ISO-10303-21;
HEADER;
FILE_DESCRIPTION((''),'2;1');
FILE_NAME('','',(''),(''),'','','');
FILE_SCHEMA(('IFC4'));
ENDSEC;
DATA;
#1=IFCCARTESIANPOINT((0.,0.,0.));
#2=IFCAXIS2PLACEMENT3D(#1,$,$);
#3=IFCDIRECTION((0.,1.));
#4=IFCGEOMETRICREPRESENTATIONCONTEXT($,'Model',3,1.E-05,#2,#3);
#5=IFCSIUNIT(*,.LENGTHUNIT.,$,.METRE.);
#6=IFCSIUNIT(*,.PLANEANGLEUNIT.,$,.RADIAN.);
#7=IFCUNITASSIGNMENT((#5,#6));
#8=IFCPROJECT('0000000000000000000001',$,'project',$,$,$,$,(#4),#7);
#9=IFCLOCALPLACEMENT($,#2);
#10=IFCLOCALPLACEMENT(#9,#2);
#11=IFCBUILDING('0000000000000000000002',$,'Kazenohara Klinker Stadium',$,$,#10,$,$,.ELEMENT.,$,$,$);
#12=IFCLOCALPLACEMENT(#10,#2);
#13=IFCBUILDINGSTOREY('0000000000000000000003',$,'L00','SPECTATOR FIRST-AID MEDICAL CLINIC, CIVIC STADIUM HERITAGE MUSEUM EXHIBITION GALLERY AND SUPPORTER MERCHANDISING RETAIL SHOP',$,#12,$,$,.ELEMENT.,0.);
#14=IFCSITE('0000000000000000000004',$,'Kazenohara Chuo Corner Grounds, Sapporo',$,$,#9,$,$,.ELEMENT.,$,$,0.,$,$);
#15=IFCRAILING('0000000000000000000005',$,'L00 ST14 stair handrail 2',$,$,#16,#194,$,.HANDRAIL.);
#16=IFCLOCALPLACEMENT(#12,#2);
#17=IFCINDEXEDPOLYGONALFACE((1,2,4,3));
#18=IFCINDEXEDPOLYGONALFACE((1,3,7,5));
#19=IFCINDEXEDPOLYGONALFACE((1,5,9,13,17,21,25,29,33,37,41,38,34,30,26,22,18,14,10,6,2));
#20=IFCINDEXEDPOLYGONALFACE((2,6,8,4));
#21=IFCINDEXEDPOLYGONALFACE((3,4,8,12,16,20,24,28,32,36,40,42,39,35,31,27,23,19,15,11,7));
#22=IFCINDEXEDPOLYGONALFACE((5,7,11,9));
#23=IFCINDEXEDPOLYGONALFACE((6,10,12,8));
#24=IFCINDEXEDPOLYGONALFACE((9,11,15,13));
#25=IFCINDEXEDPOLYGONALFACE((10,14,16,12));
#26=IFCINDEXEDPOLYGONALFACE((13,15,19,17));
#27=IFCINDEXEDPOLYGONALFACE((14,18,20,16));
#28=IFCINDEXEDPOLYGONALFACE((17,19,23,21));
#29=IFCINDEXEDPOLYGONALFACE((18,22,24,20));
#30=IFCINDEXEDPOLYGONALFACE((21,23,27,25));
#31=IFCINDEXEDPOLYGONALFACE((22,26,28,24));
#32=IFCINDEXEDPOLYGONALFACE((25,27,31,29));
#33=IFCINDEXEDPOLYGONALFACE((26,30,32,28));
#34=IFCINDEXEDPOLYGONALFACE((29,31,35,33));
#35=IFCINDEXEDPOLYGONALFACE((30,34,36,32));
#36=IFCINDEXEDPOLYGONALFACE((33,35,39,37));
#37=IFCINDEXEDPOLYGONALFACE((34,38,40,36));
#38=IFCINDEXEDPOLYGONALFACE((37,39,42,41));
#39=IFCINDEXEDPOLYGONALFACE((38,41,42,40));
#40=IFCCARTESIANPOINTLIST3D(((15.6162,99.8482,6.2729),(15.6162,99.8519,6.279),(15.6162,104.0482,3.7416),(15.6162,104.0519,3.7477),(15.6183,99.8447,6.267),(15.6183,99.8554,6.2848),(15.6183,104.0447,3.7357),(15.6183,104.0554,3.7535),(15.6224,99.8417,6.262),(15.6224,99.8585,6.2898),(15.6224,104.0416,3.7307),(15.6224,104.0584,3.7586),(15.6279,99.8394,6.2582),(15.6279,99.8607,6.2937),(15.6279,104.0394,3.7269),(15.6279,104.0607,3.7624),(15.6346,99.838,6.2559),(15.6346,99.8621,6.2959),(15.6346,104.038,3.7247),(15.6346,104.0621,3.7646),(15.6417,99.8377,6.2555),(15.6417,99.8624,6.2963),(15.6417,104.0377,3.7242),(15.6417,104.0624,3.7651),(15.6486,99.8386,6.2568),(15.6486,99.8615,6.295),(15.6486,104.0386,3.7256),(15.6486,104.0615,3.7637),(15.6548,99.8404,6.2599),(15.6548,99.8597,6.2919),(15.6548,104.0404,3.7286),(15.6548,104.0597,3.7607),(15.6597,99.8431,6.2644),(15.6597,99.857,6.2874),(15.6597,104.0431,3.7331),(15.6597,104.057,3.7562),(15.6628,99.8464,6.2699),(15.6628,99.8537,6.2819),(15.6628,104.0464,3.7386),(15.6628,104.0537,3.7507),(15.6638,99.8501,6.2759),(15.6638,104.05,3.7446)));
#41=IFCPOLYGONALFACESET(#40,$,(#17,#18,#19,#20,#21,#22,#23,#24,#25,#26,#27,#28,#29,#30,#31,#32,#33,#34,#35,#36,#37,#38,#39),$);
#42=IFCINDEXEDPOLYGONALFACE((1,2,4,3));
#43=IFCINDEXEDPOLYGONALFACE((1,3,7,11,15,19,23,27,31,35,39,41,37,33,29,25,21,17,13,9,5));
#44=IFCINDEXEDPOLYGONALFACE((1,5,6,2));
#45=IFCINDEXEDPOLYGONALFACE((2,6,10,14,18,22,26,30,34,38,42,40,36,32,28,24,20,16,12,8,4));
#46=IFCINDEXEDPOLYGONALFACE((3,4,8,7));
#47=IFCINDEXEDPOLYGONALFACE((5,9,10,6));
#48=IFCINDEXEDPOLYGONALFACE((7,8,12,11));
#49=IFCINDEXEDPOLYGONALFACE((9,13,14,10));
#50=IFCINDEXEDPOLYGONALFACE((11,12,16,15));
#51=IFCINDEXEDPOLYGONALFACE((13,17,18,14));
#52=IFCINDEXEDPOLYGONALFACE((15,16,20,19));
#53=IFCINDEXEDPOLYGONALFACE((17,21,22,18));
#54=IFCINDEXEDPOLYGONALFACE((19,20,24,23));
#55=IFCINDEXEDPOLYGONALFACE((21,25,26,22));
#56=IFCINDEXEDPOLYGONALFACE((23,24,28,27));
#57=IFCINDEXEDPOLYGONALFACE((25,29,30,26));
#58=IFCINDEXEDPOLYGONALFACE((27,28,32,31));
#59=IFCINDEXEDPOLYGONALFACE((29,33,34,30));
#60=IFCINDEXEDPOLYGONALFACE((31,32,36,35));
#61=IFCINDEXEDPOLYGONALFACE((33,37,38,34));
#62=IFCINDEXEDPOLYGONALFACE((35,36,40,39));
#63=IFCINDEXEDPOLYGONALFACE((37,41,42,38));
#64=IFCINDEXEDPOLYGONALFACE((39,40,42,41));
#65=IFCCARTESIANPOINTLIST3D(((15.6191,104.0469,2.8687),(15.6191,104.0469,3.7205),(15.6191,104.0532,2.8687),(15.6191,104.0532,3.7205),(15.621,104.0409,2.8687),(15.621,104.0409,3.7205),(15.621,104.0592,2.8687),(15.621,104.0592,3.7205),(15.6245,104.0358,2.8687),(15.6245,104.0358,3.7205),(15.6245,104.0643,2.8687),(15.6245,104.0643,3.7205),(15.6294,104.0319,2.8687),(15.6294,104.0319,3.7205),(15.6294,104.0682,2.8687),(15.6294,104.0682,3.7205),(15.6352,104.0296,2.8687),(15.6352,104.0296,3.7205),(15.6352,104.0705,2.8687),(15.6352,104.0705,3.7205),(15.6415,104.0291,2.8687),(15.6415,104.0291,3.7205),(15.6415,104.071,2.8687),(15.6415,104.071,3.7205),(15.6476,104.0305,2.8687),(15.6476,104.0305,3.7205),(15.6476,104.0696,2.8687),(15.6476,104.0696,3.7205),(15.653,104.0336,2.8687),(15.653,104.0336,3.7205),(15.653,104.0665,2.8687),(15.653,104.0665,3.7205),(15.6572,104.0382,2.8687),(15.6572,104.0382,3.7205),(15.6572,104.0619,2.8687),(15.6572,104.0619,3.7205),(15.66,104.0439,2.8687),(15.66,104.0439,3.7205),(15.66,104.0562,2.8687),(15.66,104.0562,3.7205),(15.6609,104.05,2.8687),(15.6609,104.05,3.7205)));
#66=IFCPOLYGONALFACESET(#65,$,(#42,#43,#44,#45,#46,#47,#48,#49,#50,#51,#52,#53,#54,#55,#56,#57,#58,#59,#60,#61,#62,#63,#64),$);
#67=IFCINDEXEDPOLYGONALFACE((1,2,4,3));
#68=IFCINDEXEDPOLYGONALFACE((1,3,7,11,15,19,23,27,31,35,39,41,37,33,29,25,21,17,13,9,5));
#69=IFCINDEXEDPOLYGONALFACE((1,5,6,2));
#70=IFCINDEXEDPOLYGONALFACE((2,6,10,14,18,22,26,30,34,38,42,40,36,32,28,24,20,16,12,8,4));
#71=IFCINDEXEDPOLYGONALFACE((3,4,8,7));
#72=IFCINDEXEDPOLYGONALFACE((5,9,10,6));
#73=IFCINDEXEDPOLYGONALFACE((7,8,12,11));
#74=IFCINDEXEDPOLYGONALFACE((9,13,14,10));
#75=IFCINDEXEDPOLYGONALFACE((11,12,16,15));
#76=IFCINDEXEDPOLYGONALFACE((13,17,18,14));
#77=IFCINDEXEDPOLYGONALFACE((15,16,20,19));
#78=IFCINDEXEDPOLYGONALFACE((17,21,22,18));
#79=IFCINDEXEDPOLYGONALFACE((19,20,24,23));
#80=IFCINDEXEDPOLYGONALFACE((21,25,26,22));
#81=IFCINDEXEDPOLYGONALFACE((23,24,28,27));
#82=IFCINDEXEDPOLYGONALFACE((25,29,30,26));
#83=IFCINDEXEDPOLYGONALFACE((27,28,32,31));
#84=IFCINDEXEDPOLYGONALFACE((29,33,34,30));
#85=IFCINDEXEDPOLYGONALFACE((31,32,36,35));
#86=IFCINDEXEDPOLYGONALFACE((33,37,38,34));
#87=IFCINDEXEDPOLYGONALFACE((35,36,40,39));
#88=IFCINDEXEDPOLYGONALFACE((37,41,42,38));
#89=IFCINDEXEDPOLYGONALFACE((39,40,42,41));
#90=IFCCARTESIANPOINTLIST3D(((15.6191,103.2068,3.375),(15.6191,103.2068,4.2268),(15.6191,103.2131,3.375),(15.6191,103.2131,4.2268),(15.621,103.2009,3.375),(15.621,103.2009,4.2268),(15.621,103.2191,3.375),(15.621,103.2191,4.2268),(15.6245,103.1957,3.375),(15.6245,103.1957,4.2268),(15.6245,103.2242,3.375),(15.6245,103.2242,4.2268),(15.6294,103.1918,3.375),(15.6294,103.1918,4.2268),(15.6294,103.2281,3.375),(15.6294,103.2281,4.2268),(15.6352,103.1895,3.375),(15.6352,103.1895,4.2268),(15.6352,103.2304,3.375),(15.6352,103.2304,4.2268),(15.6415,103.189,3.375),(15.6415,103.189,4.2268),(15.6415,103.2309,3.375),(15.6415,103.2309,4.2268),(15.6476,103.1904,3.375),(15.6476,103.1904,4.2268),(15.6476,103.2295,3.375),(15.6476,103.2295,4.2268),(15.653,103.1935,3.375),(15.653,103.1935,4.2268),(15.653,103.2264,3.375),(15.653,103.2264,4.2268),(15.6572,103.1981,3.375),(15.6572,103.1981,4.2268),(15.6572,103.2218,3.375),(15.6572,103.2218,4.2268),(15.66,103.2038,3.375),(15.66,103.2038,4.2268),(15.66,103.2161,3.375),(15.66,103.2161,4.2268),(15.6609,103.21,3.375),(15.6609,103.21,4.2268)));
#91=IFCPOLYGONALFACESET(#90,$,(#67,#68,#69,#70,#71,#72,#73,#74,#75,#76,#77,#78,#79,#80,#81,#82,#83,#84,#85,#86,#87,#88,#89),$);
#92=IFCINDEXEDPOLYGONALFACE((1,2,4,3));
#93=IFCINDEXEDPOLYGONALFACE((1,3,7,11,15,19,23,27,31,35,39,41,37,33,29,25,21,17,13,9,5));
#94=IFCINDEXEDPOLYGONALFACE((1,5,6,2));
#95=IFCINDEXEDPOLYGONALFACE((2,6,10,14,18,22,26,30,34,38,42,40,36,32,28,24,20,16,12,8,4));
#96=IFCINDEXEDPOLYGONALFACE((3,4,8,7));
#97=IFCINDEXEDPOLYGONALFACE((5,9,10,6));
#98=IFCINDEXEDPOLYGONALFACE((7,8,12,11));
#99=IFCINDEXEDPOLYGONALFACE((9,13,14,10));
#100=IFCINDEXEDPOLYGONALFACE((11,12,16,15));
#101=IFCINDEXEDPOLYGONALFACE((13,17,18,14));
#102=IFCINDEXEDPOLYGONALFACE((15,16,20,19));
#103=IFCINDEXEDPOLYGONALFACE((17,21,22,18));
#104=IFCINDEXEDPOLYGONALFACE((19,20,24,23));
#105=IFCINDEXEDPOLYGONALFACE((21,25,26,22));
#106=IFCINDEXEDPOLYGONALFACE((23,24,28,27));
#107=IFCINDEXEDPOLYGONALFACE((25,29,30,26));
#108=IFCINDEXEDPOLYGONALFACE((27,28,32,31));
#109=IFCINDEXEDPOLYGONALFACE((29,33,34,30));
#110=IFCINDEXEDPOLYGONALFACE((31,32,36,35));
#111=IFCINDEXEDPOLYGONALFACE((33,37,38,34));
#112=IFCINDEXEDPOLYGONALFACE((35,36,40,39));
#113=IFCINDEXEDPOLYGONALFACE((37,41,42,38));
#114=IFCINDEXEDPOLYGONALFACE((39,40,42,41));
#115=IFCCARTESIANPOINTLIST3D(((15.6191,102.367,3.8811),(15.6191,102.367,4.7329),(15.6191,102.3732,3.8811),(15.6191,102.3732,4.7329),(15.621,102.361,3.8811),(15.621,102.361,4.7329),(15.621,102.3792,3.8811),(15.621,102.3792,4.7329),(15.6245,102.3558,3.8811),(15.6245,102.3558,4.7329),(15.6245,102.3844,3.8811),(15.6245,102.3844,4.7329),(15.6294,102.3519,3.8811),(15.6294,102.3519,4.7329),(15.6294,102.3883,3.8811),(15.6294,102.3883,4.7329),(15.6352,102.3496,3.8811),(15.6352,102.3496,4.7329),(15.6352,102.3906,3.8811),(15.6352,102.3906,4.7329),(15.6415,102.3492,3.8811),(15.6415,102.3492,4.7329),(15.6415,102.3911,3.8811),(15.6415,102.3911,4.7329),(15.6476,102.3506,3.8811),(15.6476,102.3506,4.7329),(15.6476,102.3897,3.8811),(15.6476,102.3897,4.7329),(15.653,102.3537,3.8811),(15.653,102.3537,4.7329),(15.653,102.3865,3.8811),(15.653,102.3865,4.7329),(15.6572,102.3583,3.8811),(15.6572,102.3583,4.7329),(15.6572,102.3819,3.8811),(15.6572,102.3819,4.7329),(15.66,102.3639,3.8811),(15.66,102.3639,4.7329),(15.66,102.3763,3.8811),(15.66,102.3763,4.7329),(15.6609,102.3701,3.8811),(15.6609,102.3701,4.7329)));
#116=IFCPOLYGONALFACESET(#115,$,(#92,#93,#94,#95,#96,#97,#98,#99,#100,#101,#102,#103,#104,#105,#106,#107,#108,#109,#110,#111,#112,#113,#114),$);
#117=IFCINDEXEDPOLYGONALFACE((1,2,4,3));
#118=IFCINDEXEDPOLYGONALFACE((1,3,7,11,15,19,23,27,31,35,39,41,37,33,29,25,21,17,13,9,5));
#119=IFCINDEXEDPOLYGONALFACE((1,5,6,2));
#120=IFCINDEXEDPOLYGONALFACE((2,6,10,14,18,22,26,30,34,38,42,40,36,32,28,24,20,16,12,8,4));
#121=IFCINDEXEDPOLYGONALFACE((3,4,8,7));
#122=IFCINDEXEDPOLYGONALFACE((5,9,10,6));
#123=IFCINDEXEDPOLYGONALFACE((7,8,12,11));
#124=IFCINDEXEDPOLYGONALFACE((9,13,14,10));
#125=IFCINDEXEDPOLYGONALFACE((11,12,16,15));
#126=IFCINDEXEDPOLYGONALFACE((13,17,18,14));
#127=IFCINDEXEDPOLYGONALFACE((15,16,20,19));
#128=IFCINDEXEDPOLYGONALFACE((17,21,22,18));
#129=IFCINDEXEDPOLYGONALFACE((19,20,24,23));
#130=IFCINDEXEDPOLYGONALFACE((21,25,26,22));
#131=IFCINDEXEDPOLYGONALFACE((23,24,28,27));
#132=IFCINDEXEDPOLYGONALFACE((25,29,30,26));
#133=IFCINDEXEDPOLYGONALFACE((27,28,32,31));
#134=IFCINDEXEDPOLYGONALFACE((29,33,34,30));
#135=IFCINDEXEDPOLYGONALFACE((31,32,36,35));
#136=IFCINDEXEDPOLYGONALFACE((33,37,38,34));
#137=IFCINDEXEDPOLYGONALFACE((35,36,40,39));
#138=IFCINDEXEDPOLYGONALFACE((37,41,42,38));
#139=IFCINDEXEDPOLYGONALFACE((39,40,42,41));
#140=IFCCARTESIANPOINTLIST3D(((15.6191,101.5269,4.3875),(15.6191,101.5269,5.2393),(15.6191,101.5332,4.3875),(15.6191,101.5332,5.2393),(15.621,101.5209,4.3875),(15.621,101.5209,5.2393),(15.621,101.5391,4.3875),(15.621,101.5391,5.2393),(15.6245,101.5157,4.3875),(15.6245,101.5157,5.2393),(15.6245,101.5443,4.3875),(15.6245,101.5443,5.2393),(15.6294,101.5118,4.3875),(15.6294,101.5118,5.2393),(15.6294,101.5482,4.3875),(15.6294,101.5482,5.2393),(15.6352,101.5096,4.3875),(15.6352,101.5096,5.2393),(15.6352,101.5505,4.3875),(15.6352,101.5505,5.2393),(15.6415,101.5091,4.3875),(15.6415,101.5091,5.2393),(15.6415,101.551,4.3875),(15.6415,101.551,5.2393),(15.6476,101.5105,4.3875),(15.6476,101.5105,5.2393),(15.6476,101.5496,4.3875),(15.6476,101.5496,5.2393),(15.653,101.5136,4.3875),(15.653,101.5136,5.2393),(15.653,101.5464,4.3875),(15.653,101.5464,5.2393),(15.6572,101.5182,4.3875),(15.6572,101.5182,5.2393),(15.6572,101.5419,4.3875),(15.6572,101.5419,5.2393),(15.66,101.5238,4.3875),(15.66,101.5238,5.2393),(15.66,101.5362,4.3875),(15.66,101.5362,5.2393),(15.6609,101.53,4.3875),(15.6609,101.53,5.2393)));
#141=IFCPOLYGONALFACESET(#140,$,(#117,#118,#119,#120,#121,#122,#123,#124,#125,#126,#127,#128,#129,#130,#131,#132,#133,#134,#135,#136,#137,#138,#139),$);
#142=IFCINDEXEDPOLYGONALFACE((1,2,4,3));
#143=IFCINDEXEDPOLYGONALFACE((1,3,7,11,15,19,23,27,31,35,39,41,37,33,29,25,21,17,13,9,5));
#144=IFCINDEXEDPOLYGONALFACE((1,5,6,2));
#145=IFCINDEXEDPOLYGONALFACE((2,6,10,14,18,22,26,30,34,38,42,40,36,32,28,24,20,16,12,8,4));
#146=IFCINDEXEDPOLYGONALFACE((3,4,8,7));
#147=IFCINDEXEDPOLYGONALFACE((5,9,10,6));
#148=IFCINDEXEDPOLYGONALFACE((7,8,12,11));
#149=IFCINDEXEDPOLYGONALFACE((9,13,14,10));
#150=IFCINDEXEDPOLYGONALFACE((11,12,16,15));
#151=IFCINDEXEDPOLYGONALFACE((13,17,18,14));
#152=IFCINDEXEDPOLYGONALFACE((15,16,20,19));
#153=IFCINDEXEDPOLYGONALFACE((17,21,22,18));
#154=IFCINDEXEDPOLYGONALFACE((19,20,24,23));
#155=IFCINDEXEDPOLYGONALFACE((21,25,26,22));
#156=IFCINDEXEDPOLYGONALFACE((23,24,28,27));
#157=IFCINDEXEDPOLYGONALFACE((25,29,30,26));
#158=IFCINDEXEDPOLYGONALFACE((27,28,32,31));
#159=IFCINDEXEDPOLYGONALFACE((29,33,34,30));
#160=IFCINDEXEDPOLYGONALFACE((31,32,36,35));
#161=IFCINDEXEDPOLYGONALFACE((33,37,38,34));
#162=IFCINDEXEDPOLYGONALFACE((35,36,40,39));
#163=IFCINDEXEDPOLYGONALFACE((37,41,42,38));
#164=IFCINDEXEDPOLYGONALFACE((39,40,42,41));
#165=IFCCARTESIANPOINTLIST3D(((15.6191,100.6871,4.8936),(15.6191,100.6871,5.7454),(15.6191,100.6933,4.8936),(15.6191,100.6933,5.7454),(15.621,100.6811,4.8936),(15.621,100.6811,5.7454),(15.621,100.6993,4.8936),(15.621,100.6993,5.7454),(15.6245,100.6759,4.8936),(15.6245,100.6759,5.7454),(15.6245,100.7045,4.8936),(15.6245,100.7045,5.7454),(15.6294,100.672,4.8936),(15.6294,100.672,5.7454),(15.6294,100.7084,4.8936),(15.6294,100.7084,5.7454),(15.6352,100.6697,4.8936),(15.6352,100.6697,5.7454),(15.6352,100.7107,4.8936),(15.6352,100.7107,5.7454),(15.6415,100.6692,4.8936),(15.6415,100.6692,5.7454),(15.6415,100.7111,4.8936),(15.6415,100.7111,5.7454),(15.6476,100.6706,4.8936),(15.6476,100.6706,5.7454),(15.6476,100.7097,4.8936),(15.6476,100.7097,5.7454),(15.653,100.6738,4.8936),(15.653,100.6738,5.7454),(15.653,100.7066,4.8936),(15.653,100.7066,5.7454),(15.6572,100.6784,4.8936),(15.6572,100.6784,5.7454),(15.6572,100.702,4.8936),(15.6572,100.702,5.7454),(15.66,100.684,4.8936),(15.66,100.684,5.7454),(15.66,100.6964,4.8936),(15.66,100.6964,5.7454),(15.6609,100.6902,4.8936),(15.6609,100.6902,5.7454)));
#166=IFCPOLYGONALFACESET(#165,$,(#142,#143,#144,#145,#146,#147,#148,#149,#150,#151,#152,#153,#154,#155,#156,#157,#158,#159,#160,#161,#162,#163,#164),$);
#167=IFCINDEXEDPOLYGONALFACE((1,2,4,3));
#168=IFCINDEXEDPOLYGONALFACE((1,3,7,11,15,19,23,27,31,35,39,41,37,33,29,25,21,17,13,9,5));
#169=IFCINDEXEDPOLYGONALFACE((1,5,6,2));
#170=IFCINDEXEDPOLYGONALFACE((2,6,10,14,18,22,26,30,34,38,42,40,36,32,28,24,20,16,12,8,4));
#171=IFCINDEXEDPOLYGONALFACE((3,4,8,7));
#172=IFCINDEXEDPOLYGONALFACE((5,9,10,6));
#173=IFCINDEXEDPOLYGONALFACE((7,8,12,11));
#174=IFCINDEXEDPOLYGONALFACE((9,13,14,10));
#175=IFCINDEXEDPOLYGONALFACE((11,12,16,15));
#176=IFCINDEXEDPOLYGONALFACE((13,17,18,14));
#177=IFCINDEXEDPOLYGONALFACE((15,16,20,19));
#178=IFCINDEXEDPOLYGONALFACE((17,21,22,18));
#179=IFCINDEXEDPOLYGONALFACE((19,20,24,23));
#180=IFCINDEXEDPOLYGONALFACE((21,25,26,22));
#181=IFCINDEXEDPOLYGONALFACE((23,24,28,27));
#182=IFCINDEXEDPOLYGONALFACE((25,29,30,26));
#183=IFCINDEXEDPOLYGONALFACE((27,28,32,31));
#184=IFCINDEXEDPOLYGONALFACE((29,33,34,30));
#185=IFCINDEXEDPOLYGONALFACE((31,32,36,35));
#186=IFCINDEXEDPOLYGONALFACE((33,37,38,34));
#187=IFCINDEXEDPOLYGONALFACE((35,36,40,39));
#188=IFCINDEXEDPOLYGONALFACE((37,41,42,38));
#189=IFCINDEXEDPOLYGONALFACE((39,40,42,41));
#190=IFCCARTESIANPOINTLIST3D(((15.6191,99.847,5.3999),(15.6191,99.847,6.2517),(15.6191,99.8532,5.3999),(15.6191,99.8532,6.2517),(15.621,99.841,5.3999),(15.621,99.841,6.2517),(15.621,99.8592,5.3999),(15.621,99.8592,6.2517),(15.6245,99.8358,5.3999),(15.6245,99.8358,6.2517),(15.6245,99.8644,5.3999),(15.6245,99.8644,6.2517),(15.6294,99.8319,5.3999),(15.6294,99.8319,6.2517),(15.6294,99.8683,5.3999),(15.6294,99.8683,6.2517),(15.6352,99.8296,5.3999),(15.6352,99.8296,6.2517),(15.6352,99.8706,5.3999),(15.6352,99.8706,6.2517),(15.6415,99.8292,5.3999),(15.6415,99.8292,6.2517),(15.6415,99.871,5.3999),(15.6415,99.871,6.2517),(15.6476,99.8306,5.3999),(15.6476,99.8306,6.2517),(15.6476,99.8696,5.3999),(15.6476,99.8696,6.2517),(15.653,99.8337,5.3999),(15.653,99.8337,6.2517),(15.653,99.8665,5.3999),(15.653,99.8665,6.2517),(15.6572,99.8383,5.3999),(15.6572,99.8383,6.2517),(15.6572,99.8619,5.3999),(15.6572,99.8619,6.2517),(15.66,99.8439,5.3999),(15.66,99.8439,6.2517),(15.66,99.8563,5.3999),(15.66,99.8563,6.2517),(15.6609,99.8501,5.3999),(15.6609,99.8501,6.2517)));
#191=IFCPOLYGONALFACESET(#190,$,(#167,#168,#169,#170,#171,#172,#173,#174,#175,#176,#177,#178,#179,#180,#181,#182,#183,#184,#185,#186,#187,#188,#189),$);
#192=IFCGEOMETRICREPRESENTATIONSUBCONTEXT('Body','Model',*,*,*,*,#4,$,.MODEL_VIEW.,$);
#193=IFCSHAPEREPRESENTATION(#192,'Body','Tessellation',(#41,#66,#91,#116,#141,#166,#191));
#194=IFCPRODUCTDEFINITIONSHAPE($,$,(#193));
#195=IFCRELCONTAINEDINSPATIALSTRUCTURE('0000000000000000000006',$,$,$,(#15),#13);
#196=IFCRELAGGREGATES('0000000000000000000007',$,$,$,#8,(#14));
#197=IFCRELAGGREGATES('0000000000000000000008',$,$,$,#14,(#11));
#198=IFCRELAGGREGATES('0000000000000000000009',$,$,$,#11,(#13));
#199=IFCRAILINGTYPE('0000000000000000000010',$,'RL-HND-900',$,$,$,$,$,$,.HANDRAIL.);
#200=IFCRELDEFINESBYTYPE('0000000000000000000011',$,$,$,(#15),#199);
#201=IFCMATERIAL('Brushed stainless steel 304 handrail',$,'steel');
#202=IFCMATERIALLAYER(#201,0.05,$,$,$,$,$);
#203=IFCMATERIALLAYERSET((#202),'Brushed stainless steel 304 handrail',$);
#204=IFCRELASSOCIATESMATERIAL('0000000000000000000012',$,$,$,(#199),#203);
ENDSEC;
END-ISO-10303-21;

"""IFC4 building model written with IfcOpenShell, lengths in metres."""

from ifc_helpers import new_model, si_unit, direction, frame, origin, origin_2d, place, context, subcontext, project, spatial, circle, extrude, material, layer, layer_set, type_object, element, save


model = new_model("IFC4")

# Units and contexts
model_context = context("Model", 3, precision=1e-05, world=origin(), true_north=direction((0.0, 1.0)))
body_context = subcontext(model_context, "Body", "Model", "MODEL_VIEW")
ifc_project = project(units=[si_unit("LENGTHUNIT", "METRE"), si_unit("PLANEANGLEUNIT", "RADIAN")], contexts=[model_context])

# Site, building, storey
site_placement = place(None, origin())
site = spatial("IfcSite", under=ifc_project, at=site_placement, Name="Kazenohara Chuo Corner Grounds, Sapporo", CompositionType="ELEMENT", RefElevation=0.0)
building_placement = place(site_placement, origin())
building = spatial("IfcBuilding", under=site, at=building_placement, Name="Kazenohara Klinker Stadium", CompositionType="ELEMENT")
storey_placement = place(building_placement, origin())
storey = spatial("IfcBuildingStorey", under=building, at=storey_placement, Name="L00", Description="SPECTATOR FIRST-AID MEDICAL CLINIC, CIVIC STADIUM HERITAGE MUSEUM EXHIBITION GALLERY AND SUPPORTER MERCHANDISING RETAIL SHOP", CompositionType="ELEMENT", Elevation=0.0)

# Railing
ifc_material_1 = material(Name="Brushed stainless steel 304 handrail", Category="steel")
ifc_layer_1 = layer(ifc_material_1, 0.05)
ifc_layer_set_1 = layer_set([ifc_layer_1], Name="Brushed stainless steel 304 handrail")
railing_type_1 = type_object("IfcRailingType", Name="RL-HND-900", PredefinedType="HANDRAIL", material=ifc_layer_set_1)
for number, where, name in (
    (1, (15.6399, 104.05, 2.8687), "L00 ST14 stair handrail 2"),
):
    element("IfcRailing", number, at=place(storey_placement, frame(where)), inside=storey, type_object=railing_type_1, Name=name, PredefinedType="HANDRAIL", context=body_context, shape_type="SweptSolid", body=[
        extrude(circle(Radius=0.0239, at=origin_2d()), frame((0.0, 0.0, 0.876), z_axis=(0.0, -0.856476, 0.516186), x_axis=(1.0, 0.0, 0.0)), (0.0, 0.0, 1.0), 4.9038),
        extrude(circle(Radius=0.021, at=origin_2d()), origin(), (0.0, 0.0, 1.0), 0.8518),
        extrude(circle(Radius=0.021, at=origin_2d()), frame((0.0, -0.8401, 0.5063)), (0.0, 0.0, 1.0), 0.8518),
        extrude(circle(Radius=0.021, at=origin_2d()), frame((0.0, -1.6799, 1.0125)), (0.0, 0.0, 1.0), 0.8518),
        extrude(circle(Radius=0.021, at=origin_2d()), frame((0.0, -2.52, 1.5188)), (0.0, 0.0, 1.0), 0.8518),
        extrude(circle(Radius=0.021, at=origin_2d()), frame((0.0, -3.3599, 2.0249)), (0.0, 0.0, 1.0), 0.8518),
        extrude(circle(Radius=0.021, at=origin_2d()), frame((0.0, -4.2, 2.5312)), (0.0, 0.0, 1.0), 0.8518),
    ])

save(model, "model.ifc")
